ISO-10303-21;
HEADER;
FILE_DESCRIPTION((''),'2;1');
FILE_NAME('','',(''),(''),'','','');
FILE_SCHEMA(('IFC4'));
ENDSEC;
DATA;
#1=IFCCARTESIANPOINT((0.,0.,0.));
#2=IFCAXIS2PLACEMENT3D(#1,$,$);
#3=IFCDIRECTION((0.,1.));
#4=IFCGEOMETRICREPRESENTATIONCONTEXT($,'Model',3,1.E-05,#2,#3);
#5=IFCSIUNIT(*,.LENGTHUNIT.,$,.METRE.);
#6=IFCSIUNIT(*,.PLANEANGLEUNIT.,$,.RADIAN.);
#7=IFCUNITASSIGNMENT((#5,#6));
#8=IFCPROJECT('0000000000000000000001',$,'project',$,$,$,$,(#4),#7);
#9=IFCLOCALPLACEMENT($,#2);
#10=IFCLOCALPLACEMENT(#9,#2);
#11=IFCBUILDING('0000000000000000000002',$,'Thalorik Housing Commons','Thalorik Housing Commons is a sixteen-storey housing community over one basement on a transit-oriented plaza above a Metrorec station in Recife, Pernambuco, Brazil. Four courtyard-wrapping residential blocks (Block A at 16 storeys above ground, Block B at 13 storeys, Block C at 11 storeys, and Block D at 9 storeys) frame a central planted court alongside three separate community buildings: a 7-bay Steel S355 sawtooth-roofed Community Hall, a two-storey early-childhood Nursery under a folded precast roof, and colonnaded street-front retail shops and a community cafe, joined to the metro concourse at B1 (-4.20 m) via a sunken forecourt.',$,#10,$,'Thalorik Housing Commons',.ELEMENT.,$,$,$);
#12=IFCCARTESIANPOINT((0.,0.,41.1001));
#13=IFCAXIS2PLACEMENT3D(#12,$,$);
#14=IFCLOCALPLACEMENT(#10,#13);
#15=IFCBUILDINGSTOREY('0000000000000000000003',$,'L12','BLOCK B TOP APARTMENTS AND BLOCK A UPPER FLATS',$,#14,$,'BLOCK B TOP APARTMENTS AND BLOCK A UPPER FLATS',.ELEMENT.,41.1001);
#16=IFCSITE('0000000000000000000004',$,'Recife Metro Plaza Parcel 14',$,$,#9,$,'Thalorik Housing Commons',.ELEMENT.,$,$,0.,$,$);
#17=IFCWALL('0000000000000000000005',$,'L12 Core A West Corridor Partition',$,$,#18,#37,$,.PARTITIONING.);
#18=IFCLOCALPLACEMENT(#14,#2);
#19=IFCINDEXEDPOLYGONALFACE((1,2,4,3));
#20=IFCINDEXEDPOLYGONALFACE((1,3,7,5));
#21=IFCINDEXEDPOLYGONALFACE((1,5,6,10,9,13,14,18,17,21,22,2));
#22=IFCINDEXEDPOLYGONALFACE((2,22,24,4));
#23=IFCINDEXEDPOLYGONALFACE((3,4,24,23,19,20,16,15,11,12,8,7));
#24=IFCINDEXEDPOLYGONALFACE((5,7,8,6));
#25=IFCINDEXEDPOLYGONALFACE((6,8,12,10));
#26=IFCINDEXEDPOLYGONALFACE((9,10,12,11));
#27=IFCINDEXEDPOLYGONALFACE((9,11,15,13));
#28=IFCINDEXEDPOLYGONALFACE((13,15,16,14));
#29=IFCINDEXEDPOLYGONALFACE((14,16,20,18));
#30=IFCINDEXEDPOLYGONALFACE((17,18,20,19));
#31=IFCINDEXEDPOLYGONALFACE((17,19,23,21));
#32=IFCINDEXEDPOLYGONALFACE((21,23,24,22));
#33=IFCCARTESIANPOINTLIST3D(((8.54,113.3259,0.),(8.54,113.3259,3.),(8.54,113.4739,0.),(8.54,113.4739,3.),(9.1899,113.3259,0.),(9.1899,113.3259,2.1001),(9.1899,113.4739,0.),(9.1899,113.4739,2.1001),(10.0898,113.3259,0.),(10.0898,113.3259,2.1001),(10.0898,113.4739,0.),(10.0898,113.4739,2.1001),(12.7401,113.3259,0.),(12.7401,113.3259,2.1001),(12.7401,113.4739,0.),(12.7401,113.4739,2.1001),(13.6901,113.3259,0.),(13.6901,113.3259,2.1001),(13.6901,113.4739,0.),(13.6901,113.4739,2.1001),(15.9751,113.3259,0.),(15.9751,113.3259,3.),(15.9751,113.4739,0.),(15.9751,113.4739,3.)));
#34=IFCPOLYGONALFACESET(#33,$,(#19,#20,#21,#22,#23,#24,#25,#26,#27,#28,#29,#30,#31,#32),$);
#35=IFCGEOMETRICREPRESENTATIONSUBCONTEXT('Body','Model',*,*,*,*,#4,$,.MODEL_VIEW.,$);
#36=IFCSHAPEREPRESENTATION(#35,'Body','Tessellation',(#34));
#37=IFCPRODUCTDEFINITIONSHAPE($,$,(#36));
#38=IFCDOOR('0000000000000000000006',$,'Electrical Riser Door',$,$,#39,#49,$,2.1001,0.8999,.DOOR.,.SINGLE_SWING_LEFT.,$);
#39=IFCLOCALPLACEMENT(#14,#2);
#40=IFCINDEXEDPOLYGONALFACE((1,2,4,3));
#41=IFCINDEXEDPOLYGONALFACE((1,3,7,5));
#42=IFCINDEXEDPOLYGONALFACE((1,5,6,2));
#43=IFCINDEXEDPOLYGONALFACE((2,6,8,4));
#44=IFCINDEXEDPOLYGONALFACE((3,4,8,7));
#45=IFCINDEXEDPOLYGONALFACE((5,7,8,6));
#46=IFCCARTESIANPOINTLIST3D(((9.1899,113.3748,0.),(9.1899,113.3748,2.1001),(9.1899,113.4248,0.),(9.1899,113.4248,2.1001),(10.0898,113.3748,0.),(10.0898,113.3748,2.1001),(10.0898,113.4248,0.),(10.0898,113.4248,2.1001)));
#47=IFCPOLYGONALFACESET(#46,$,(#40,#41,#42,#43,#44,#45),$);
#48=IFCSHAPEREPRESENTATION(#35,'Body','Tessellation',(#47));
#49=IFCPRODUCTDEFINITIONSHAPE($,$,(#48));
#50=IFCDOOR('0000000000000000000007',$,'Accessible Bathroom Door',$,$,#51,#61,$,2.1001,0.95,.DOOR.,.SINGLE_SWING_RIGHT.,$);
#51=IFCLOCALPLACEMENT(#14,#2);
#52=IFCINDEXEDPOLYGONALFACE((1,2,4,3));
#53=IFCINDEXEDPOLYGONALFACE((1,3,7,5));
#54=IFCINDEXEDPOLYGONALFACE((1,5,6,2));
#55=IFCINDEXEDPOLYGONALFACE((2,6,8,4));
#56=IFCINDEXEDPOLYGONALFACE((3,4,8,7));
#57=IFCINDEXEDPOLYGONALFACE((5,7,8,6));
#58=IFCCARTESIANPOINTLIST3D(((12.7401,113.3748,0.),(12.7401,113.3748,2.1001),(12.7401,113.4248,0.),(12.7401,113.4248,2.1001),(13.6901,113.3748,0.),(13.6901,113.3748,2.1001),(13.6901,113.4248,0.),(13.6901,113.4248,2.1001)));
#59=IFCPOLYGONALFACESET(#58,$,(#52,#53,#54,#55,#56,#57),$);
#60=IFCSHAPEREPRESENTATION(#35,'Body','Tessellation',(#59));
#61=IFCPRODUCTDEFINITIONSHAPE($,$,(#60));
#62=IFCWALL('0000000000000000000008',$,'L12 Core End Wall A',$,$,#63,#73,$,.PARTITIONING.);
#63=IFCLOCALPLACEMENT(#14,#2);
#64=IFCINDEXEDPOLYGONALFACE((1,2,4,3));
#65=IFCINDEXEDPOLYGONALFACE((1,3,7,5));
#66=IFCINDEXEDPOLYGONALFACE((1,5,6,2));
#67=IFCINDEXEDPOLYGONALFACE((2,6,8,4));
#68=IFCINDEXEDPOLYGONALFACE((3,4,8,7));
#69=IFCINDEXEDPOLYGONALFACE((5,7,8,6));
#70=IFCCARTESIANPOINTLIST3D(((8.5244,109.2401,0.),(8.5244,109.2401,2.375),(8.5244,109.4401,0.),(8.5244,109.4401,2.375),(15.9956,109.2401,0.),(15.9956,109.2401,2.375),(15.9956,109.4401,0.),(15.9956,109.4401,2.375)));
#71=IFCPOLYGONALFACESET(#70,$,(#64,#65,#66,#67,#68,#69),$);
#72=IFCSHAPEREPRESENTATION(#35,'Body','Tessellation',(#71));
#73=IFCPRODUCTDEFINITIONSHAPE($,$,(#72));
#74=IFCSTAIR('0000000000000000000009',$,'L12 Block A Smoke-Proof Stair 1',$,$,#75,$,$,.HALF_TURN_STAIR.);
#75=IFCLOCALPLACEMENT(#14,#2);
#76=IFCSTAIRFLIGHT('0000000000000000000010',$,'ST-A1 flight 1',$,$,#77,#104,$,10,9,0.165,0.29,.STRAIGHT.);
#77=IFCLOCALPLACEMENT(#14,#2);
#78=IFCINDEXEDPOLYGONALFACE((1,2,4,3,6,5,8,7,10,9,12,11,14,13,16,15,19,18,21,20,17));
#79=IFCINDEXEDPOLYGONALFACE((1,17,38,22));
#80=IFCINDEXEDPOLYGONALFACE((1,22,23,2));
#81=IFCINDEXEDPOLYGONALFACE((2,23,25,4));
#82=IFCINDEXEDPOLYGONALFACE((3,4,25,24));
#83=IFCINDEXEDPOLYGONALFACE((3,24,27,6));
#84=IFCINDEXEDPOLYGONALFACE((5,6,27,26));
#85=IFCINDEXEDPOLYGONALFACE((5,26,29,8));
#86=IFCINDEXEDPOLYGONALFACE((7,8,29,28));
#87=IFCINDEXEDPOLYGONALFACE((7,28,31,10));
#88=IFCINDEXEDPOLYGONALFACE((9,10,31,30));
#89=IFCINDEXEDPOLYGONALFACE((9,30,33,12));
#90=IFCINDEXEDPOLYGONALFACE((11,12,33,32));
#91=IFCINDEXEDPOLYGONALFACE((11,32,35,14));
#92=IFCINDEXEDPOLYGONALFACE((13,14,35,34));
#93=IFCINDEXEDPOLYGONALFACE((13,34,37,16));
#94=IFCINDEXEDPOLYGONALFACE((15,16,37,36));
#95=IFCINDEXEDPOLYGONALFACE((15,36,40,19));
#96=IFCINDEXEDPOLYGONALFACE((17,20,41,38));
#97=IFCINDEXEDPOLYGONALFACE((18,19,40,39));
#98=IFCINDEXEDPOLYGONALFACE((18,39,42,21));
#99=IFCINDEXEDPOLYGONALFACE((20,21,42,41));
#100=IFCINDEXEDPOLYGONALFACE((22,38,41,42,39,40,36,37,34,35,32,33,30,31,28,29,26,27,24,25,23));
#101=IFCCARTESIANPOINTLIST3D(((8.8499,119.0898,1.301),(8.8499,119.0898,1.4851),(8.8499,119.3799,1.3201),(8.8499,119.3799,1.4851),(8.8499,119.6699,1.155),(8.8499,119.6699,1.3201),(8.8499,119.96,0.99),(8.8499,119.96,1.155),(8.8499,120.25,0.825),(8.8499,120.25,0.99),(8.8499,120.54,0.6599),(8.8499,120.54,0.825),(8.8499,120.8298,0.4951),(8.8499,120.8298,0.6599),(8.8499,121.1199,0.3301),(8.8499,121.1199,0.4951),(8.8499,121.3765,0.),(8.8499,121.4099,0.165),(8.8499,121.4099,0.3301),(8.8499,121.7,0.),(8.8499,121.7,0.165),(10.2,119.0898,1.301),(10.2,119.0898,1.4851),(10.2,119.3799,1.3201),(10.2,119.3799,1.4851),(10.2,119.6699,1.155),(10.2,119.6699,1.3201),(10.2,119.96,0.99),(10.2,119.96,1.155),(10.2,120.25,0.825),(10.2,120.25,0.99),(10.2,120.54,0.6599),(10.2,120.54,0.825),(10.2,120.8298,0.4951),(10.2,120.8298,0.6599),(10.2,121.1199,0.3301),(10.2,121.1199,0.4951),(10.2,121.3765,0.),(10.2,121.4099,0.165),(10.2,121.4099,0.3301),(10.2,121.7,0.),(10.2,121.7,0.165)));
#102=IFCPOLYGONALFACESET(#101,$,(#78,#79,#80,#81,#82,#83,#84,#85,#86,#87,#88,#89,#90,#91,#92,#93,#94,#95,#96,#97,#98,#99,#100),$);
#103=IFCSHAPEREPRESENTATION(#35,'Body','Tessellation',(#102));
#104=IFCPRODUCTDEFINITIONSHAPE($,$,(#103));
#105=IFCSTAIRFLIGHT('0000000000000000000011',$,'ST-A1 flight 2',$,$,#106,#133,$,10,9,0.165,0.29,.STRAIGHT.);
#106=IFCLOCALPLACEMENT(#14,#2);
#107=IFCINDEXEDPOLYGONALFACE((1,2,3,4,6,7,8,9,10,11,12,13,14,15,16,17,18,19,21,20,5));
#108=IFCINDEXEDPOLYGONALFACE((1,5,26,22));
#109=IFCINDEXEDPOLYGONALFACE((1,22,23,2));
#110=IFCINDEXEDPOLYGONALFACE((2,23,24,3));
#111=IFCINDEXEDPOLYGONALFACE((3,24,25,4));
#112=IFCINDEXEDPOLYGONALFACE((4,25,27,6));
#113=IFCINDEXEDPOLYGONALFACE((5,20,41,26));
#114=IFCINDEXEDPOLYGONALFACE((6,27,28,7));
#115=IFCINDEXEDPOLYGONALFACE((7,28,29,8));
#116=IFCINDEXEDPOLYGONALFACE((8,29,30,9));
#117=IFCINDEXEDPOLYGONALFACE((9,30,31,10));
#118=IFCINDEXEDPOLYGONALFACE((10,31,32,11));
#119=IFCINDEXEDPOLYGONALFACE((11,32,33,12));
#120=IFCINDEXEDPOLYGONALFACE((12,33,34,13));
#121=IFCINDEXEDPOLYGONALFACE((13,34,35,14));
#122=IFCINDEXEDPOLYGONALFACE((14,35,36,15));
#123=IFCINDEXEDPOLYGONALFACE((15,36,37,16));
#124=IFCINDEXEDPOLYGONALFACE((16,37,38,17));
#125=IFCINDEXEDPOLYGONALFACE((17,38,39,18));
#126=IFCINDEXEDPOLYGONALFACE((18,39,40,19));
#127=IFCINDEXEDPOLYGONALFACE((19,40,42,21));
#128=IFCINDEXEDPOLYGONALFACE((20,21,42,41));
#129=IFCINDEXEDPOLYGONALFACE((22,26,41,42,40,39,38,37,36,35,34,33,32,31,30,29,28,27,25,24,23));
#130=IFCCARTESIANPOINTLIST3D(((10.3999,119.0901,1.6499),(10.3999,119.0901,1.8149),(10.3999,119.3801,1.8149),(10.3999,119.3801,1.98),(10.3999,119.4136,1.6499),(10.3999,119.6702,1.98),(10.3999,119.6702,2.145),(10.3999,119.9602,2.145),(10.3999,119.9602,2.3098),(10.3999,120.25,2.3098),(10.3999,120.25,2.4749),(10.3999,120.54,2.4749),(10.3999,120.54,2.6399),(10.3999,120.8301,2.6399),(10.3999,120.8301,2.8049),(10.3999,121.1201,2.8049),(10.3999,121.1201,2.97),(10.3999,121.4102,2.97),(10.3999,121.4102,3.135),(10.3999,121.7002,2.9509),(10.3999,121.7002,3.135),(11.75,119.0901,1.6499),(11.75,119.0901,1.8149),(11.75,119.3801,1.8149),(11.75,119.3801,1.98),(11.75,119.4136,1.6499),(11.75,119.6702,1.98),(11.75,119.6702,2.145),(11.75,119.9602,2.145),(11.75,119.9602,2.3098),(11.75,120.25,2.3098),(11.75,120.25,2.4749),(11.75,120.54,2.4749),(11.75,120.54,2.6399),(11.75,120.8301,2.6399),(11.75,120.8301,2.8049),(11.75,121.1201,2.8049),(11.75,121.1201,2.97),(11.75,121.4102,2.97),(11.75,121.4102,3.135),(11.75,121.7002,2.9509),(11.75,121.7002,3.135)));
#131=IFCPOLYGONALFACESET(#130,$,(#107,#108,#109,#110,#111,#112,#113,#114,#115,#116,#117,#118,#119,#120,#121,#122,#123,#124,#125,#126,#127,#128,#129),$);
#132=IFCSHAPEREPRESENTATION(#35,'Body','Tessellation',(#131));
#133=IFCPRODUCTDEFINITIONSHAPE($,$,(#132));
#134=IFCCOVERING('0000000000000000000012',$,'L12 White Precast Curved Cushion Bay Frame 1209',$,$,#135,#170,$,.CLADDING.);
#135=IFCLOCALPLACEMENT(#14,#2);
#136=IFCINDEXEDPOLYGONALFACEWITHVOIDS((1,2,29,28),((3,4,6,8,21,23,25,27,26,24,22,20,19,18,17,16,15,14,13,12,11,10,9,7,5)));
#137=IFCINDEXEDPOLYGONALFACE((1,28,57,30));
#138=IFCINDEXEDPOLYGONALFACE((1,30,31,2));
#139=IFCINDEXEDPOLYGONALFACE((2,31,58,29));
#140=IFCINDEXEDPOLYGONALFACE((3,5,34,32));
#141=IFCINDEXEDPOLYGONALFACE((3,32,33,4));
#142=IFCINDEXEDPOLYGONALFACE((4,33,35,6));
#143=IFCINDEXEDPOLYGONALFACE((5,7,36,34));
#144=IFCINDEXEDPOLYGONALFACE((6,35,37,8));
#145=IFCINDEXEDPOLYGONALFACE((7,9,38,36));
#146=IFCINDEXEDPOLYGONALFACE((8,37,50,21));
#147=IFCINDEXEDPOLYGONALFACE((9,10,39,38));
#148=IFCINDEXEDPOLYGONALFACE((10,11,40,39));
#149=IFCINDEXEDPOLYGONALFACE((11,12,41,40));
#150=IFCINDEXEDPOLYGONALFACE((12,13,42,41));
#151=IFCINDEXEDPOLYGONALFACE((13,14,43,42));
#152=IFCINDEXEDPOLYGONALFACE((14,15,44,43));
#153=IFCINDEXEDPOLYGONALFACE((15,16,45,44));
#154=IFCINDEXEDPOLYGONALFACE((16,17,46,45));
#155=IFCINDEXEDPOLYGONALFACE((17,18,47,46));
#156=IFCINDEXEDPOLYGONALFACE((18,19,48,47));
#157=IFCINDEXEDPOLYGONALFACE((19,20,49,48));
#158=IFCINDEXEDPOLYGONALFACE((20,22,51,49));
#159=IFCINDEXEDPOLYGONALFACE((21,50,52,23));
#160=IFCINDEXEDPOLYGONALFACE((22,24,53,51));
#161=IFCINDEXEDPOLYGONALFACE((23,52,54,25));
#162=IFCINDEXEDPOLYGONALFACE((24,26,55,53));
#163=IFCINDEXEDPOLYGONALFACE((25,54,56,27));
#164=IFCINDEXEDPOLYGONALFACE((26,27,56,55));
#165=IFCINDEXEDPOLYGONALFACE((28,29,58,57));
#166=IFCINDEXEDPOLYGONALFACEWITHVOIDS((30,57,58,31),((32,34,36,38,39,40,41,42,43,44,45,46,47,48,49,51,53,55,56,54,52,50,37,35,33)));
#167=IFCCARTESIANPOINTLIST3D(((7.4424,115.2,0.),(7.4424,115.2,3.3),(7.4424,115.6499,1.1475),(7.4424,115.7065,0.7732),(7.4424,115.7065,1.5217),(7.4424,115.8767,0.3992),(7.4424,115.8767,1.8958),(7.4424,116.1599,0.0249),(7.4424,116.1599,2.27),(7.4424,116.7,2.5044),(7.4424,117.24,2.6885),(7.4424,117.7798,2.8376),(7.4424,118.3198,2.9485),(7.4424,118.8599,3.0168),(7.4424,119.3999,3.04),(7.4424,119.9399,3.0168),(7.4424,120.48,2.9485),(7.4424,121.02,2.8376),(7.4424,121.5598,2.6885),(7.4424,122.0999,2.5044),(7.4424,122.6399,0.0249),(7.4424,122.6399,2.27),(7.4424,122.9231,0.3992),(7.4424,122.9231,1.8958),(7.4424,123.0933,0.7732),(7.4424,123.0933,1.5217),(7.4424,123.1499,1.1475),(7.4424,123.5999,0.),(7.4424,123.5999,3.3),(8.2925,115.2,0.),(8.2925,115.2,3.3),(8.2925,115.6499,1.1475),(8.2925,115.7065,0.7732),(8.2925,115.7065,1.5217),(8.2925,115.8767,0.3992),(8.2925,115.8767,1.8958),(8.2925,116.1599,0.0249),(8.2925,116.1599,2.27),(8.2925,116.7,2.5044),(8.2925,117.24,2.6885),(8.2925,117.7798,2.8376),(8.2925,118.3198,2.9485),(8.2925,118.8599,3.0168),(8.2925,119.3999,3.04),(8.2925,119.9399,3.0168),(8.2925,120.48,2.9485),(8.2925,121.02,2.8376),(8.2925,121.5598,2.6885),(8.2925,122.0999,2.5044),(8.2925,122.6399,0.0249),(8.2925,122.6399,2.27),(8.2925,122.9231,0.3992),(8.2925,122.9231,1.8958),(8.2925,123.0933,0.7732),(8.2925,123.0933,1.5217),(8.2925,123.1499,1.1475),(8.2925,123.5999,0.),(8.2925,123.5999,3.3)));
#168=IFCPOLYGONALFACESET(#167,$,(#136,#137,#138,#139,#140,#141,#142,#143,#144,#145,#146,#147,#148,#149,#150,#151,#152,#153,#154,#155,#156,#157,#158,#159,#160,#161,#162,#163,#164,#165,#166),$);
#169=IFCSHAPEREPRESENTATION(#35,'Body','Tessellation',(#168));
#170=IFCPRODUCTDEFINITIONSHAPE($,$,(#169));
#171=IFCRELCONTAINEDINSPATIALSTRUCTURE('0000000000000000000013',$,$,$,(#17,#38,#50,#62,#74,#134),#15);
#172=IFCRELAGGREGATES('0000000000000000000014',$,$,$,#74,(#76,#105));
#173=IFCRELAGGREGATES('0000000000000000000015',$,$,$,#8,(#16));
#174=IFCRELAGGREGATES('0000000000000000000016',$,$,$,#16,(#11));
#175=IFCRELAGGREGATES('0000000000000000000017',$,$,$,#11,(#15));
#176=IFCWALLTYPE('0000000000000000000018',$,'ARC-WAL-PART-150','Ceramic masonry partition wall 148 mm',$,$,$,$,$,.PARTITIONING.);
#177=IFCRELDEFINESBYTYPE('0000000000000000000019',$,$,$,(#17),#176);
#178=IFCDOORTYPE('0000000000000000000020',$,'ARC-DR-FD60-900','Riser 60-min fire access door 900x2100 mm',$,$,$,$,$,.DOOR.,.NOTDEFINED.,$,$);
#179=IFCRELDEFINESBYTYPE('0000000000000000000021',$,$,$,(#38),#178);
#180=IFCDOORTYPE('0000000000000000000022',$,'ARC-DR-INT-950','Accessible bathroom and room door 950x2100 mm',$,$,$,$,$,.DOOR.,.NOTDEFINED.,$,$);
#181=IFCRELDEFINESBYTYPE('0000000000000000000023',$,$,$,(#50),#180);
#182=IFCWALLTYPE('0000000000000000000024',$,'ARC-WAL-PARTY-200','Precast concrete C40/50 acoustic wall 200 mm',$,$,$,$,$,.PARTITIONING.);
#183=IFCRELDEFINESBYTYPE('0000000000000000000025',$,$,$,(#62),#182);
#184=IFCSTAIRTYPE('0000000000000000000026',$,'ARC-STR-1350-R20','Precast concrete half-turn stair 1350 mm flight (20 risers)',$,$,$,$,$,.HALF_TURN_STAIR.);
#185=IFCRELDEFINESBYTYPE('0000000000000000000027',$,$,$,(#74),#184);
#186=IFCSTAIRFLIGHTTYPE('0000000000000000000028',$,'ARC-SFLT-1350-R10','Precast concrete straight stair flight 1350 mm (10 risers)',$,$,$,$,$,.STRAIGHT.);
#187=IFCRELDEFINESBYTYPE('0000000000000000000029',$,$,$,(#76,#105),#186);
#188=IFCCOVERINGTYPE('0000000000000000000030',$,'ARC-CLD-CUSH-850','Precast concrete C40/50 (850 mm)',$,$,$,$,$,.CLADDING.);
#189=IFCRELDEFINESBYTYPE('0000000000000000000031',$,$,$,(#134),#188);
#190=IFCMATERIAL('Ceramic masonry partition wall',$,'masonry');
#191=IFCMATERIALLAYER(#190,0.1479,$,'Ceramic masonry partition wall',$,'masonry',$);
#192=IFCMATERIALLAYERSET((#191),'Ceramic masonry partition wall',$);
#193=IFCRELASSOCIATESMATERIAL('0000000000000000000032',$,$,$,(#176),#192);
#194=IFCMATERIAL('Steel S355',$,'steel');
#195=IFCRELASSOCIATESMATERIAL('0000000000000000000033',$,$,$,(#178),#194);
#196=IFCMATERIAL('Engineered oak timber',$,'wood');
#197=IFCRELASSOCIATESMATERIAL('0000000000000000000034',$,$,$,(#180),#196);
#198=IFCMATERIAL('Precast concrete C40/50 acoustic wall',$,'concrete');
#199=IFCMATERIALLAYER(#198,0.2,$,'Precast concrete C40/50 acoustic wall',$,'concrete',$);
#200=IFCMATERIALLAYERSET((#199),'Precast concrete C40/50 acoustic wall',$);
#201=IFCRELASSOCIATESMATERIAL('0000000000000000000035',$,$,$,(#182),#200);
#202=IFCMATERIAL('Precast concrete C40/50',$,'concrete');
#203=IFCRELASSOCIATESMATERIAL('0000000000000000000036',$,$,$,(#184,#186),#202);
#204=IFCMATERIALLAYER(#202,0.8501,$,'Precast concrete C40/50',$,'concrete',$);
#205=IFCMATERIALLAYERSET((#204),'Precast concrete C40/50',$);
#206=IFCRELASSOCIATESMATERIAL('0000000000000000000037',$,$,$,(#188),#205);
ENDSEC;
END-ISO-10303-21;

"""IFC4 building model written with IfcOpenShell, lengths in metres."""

from ifc_helpers import new_model, si_unit, direction, frame, frame_2d, origin, place, context, subcontext, project, spatial, polyline, rectangle, outline, extrude, material, layer, layer_set, type_object, element, fill, aggregate, save


model = new_model("IFC4")

# Units and contexts
model_context = context("Model", 3, precision=1e-05, world=origin(), true_north=direction((0.0, 1.0)))
body_context = subcontext(model_context, "Body", "Model", "MODEL_VIEW")
ifc_project = project(units=[si_unit("LENGTHUNIT", "METRE"), si_unit("PLANEANGLEUNIT", "RADIAN")], contexts=[model_context])

# Site, building, storey
site_placement = place(None, origin())
site = spatial("IfcSite", under=ifc_project, at=site_placement, Name="Recife Metro Plaza Parcel 14", LongName="Thalorik Housing Commons", CompositionType="ELEMENT", RefElevation=0.0)
building_placement = place(site_placement, origin())
building = spatial("IfcBuilding", under=site, at=building_placement, Name="Thalorik Housing Commons", Description="Thalorik Housing Commons is a sixteen-storey housing community over one basement on a transit-oriented plaza above a Metrorec station in Recife, Pernambuco, Brazil. Four courtyard-wrapping residential blocks (Block A at 16 storeys above ground, Block B at 13 storeys, Block C at 11 storeys, and Block D at 9 storeys) frame a central planted court alongside three separate community buildings: a 7-bay Steel S355 sawtooth-roofed Community Hall, a two-storey early-childhood Nursery under a folded precast roof, and colonnaded street-front retail shops and a community cafe, joined to the metro concourse at B1 (-4.20 m) via a sunken forecourt.", LongName="Thalorik Housing Commons", CompositionType="ELEMENT")
storey_placement = place(building_placement, frame((0.0, 0.0, 41.1001)))
storey = spatial("IfcBuildingStorey", under=building, at=storey_placement, Name="L12", Description="BLOCK B TOP APARTMENTS AND BLOCK A UPPER FLATS", LongName="BLOCK B TOP APARTMENTS AND BLOCK A UPPER FLATS", CompositionType="ELEMENT", Elevation=41.1001)

# Shared definitions
ifc_material_1 = material(Name="Precast concrete C40/50", Category="concrete")

# Shared definitions
ifc_material_2 = material(Name="Steel S355", Category="steel")

# Shared definitions
ifc_material_3 = material(Name="Ceramic masonry partition wall", Category="masonry")
ifc_layer_1 = layer(ifc_material_3, 0.1479, Name="Ceramic masonry partition wall", Category="masonry")
ifc_layer_set_1 = layer_set([ifc_layer_1], Name="Ceramic masonry partition wall")
wall_type_1 = type_object("IfcWallType", Name="ARC-WAL-PART-150", Description="Ceramic masonry partition wall 148 mm", PredefinedType="PARTITIONING", material=ifc_layer_set_1)

# Wall, openings, doors
wall_1_placement = place(storey_placement, frame((8.54, 113.3999, 0.0), z_axis=(0.0, 0.0, 1.0), x_axis=(1.0, 0.0, 0.0)))
wall_1 = element("IfcWall", 1, at=wall_1_placement, inside=storey, type_object=wall_type_1, Name="L12 Core A West Corridor Partition", PredefinedType="PARTITIONING", context=body_context, shape_type="SweptSolid", body=[
    extrude(rectangle(XDim=7.4351, YDim=0.1479, at=frame_2d((3.7175, 0.0))), origin(), (0.0, 0.0, 1.0), 3.0),
])
opening_1_placement = place(wall_1_placement, frame((0.6499, 0.0, 0.0)))
opening_1 = element("IfcOpeningElement", 2, at=opening_1_placement, cuts=wall_1, PredefinedType="OPENING", context=body_context, shape_type="SweptSolid", body=[
    extrude(rectangle(XDim=0.8999, YDim=2.1001, at=frame_2d((0.45, 1.05))), frame((0.0, 0.084, 0.0), z_axis=(0.0, -1.0, 0.0), x_axis=(1.0, 0.0, 0.0)), (0.0, 0.0, 1.0), 0.168),
])
opening_2_placement = place(wall_1_placement, frame((4.2, 0.0, 0.0)))
opening_2 = element("IfcOpeningElement", 3, at=opening_2_placement, cuts=wall_1, PredefinedType="OPENING", context=body_context, shape_type="SweptSolid", body=[
    extrude(rectangle(XDim=0.95, YDim=2.1001, at=frame_2d((0.4751, 1.05))), frame((0.0, 0.084, 0.0), z_axis=(0.0, -1.0, 0.0), x_axis=(1.0, 0.0, 0.0)), (0.0, 0.0, 1.0), 0.168),
])
door_type_1 = type_object("IfcDoorType", Name="ARC-DR-FD60-900", Description="Riser 60-min fire access door 900x2100 mm", OperationType="NOTDEFINED", PredefinedType="DOOR", material=ifc_material_2)
door_1_placement = place(opening_1_placement, origin())
door_1 = element("IfcDoor", 4, at=door_1_placement, inside=storey, type_object=door_type_1, Name="Electrical Riser Door", OperationType="SINGLE_SWING_LEFT", OverallHeight=2.1001, OverallWidth=0.8999, PredefinedType="DOOR", context=body_context, shape_type="SweptSolid", body=[
    extrude(rectangle(XDim=0.8999, YDim=2.1001, at=frame_2d((0.45, 1.05))), frame((0.0, 0.0249, 0.0), z_axis=(0.0, -1.0, 0.0), x_axis=(1.0, 0.0, 0.0)), (0.0, 0.0, 1.0), 0.05),
])
fill(opening_1, door_1)
ifc_material_4 = material(Name="Engineered oak timber", Category="wood")
door_type_2 = type_object("IfcDoorType", Name="ARC-DR-INT-950", Description="Accessible bathroom and room door 950x2100 mm", OperationType="NOTDEFINED", PredefinedType="DOOR", material=ifc_material_4)
door_2_placement = place(opening_2_placement, origin())
door_2 = element("IfcDoor", 5, at=door_2_placement, inside=storey, type_object=door_type_2, Name="Accessible Bathroom Door", OperationType="SINGLE_SWING_RIGHT", OverallHeight=2.1001, OverallWidth=0.95, PredefinedType="DOOR", context=body_context, shape_type="SweptSolid", body=[
    extrude(rectangle(XDim=0.95, YDim=2.1001, at=frame_2d((0.4751, 1.05))), frame((0.0, 0.0249, 0.0), z_axis=(0.0, -1.0, 0.0), x_axis=(1.0, 0.0, 0.0)), (0.0, 0.0, 1.0), 0.05),
])
fill(opening_2, door_2)

# Wall
ifc_material_5 = material(Name="Precast concrete C40/50 acoustic wall", Category="concrete")
ifc_layer_2 = layer(ifc_material_5, 0.2, Name="Precast concrete C40/50 acoustic wall", Category="concrete")
ifc_layer_set_2 = layer_set([ifc_layer_2], Name="Precast concrete C40/50 acoustic wall")
wall_type_2 = type_object("IfcWallType", Name="ARC-WAL-PARTY-200", Description="Precast concrete C40/50 acoustic wall 200 mm", PredefinedType="PARTITIONING", material=ifc_layer_set_2)
wall_2_placement = place(storey_placement, frame((8.5244, 109.3401, 0.0), z_axis=(0.0, 0.0, 1.0), x_axis=(1.0, 0.0, 0.0)))
element("IfcWall", 6, at=wall_2_placement, inside=storey, type_object=wall_type_2, Name="L12 Core End Wall A", PredefinedType="PARTITIONING", context=body_context, shape_type="SweptSolid", body=[
    extrude(rectangle(XDim=7.4712, YDim=0.2, at=frame_2d((3.7356, 0.0))), origin(), (0.0, 0.0, 1.0), 2.375),
])

# Stair, stair flights
stair_type = type_object("IfcStairType", Name="ARC-STR-1350-R20", Description="Precast concrete half-turn stair 1350 mm flight (20 risers)", PredefinedType="HALF_TURN_STAIR", material=ifc_material_1)
stair_placement = place(storey_placement, origin())
stair = element("IfcStair", 7, at=stair_placement, inside=storey, type_object=stair_type, Name="L12 Block A Smoke-Proof Stair 1", PredefinedType="HALF_TURN_STAIR")
stair_flight_type = type_object("IfcStairFlightType", Name="ARC-SFLT-1350-R10", Description="Precast concrete straight stair flight 1350 mm (10 risers)", PredefinedType="STRAIGHT", material=ifc_material_1)
stair_flight_1_placement = place(storey_placement, frame((9.5249, 121.7, 0.0), z_axis=(0.0, 0.0, 1.0), x_axis=(0.0, -1.0, 0.0)))
stair_flight_1 = element("IfcStairFlight", 8, at=stair_flight_1_placement, type_object=stair_flight_type, Name="ST-A1 flight 1", NumberOfRisers=10, NumberOfTreads=9, PredefinedType="STRAIGHT", RiserHeight=0.165, TreadLength=0.29, context=body_context, shape_type="SweptSolid", body=[
    extrude(outline(polyline([(0.0, 0.0), (0.0, 0.165), (0.29, 0.165), (0.29, 0.3301), (0.5801, 0.3301), (0.5801, 0.4951), (0.8701, 0.4951), (0.8701, 0.6599), (1.1599, 0.6599), (1.1599, 0.825), (1.45, 0.825), (1.45, 0.99), (1.74, 0.99), (1.74, 1.155), (2.03, 1.155), (2.03, 1.3201), (2.3201, 1.3201), (2.3201, 1.4851), (2.6101, 1.4851), (2.6101, 1.6499), (2.6101, 1.301), (0.3235, 0.0), (0.0, 0.0)])), frame((0.0, 0.675, 0.0), z_axis=(0.0, -1.0, 0.0), x_axis=(1.0, 0.0, 0.0)), (0.0, 0.0, 1.0), 1.3501),
])
stair_flight_2_placement = place(storey_placement, frame((11.075, 119.0901, 1.6499), z_axis=(0.0, 0.0, 1.0), x_axis=(0.0, 1.0, 0.0)))
stair_flight_2 = element("IfcStairFlight", 9, at=stair_flight_2_placement, type_object=stair_flight_type, Name="ST-A1 flight 2", NumberOfRisers=10, NumberOfTreads=9, PredefinedType="STRAIGHT", RiserHeight=0.165, TreadLength=0.29, context=body_context, shape_type="SweptSolid", body=[
    extrude(outline(polyline([(0.0, 0.0), (0.0, 0.165), (0.29, 0.165), (0.29, 0.3301), (0.5801, 0.3301), (0.5801, 0.4951), (0.8701, 0.4951), (0.8701, 0.6599), (1.1599, 0.6599), (1.1599, 0.825), (1.45, 0.825), (1.45, 0.99), (1.74, 0.99), (1.74, 1.155), (2.03, 1.155), (2.03, 1.3201), (2.3201, 1.3201), (2.3201, 1.4851), (2.6101, 1.4851), (2.6101, 1.6499), (2.6101, 1.301), (0.3235, 0.0), (0.0, 0.0)])), frame((0.0, 0.675, 0.0), z_axis=(0.0, -1.0, 0.0), x_axis=(1.0, 0.0, 0.0)), (0.0, 0.0, 1.0), 1.3501),
])
aggregate(stair, [stair_flight_1, stair_flight_2])

# Covering
ifc_layer_3 = layer(ifc_material_1, 0.8501, Name="Precast concrete C40/50", Category="concrete")
ifc_layer_set_3 = layer_set([ifc_layer_3], Name="Precast concrete C40/50")
covering_type_1 = type_object("IfcCoveringType", Name="ARC-CLD-CUSH-850", Description="Precast concrete C40/50 (850 mm)", PredefinedType="CLADDING", material=ifc_layer_set_3)
covering_1_placement = place(storey_placement, frame((7.8674, 119.3999, 0.0), z_axis=(0.0, 0.0, 1.0), x_axis=(0.0, -1.0, 0.0)))
element("IfcCovering", 10, at=covering_1_placement, inside=storey, type_object=covering_type_1, Name="L12 White Precast Curved Cushion Bay Frame 1209", PredefinedType="CLADDING", context=body_context, shape_type="SweptSolid", body=[
    extrude(outline(polyline([(-4.2, 0.0), (4.2, 0.0), (4.2, 3.3), (-4.2, 3.3), (-4.2, 0.0)]), holes=[polyline([(3.24, 0.0249), (3.5232, 0.3992), (3.6934, 0.7732), (3.75, 1.1475), (3.6934, 1.5217), (3.5232, 1.8958), (3.24, 2.27), (2.7, 2.5044), (2.1599, 2.6885), (1.6201, 2.8376), (1.0801, 2.9485), (0.54, 3.0168), (0.0, 3.04), (-0.54, 3.0168), (-1.0801, 2.9485), (-1.6201, 2.8376), (-2.1599, 2.6885), (-2.7, 2.5044), (-3.24, 2.27), (-3.5232, 1.8958), (-3.6934, 1.5217), (-3.75, 1.1475), (-3.6934, 0.7732), (-3.5232, 0.3992), (-3.24, 0.0249), (3.24, 0.0249)])]), frame((0.0, 0.425, 0.0), z_axis=(0.0, -1.0, 0.0), x_axis=(1.0, 0.0, 0.0)), (0.0, 0.0, 1.0), 0.8501),
])

save(model, "model.ifc")
